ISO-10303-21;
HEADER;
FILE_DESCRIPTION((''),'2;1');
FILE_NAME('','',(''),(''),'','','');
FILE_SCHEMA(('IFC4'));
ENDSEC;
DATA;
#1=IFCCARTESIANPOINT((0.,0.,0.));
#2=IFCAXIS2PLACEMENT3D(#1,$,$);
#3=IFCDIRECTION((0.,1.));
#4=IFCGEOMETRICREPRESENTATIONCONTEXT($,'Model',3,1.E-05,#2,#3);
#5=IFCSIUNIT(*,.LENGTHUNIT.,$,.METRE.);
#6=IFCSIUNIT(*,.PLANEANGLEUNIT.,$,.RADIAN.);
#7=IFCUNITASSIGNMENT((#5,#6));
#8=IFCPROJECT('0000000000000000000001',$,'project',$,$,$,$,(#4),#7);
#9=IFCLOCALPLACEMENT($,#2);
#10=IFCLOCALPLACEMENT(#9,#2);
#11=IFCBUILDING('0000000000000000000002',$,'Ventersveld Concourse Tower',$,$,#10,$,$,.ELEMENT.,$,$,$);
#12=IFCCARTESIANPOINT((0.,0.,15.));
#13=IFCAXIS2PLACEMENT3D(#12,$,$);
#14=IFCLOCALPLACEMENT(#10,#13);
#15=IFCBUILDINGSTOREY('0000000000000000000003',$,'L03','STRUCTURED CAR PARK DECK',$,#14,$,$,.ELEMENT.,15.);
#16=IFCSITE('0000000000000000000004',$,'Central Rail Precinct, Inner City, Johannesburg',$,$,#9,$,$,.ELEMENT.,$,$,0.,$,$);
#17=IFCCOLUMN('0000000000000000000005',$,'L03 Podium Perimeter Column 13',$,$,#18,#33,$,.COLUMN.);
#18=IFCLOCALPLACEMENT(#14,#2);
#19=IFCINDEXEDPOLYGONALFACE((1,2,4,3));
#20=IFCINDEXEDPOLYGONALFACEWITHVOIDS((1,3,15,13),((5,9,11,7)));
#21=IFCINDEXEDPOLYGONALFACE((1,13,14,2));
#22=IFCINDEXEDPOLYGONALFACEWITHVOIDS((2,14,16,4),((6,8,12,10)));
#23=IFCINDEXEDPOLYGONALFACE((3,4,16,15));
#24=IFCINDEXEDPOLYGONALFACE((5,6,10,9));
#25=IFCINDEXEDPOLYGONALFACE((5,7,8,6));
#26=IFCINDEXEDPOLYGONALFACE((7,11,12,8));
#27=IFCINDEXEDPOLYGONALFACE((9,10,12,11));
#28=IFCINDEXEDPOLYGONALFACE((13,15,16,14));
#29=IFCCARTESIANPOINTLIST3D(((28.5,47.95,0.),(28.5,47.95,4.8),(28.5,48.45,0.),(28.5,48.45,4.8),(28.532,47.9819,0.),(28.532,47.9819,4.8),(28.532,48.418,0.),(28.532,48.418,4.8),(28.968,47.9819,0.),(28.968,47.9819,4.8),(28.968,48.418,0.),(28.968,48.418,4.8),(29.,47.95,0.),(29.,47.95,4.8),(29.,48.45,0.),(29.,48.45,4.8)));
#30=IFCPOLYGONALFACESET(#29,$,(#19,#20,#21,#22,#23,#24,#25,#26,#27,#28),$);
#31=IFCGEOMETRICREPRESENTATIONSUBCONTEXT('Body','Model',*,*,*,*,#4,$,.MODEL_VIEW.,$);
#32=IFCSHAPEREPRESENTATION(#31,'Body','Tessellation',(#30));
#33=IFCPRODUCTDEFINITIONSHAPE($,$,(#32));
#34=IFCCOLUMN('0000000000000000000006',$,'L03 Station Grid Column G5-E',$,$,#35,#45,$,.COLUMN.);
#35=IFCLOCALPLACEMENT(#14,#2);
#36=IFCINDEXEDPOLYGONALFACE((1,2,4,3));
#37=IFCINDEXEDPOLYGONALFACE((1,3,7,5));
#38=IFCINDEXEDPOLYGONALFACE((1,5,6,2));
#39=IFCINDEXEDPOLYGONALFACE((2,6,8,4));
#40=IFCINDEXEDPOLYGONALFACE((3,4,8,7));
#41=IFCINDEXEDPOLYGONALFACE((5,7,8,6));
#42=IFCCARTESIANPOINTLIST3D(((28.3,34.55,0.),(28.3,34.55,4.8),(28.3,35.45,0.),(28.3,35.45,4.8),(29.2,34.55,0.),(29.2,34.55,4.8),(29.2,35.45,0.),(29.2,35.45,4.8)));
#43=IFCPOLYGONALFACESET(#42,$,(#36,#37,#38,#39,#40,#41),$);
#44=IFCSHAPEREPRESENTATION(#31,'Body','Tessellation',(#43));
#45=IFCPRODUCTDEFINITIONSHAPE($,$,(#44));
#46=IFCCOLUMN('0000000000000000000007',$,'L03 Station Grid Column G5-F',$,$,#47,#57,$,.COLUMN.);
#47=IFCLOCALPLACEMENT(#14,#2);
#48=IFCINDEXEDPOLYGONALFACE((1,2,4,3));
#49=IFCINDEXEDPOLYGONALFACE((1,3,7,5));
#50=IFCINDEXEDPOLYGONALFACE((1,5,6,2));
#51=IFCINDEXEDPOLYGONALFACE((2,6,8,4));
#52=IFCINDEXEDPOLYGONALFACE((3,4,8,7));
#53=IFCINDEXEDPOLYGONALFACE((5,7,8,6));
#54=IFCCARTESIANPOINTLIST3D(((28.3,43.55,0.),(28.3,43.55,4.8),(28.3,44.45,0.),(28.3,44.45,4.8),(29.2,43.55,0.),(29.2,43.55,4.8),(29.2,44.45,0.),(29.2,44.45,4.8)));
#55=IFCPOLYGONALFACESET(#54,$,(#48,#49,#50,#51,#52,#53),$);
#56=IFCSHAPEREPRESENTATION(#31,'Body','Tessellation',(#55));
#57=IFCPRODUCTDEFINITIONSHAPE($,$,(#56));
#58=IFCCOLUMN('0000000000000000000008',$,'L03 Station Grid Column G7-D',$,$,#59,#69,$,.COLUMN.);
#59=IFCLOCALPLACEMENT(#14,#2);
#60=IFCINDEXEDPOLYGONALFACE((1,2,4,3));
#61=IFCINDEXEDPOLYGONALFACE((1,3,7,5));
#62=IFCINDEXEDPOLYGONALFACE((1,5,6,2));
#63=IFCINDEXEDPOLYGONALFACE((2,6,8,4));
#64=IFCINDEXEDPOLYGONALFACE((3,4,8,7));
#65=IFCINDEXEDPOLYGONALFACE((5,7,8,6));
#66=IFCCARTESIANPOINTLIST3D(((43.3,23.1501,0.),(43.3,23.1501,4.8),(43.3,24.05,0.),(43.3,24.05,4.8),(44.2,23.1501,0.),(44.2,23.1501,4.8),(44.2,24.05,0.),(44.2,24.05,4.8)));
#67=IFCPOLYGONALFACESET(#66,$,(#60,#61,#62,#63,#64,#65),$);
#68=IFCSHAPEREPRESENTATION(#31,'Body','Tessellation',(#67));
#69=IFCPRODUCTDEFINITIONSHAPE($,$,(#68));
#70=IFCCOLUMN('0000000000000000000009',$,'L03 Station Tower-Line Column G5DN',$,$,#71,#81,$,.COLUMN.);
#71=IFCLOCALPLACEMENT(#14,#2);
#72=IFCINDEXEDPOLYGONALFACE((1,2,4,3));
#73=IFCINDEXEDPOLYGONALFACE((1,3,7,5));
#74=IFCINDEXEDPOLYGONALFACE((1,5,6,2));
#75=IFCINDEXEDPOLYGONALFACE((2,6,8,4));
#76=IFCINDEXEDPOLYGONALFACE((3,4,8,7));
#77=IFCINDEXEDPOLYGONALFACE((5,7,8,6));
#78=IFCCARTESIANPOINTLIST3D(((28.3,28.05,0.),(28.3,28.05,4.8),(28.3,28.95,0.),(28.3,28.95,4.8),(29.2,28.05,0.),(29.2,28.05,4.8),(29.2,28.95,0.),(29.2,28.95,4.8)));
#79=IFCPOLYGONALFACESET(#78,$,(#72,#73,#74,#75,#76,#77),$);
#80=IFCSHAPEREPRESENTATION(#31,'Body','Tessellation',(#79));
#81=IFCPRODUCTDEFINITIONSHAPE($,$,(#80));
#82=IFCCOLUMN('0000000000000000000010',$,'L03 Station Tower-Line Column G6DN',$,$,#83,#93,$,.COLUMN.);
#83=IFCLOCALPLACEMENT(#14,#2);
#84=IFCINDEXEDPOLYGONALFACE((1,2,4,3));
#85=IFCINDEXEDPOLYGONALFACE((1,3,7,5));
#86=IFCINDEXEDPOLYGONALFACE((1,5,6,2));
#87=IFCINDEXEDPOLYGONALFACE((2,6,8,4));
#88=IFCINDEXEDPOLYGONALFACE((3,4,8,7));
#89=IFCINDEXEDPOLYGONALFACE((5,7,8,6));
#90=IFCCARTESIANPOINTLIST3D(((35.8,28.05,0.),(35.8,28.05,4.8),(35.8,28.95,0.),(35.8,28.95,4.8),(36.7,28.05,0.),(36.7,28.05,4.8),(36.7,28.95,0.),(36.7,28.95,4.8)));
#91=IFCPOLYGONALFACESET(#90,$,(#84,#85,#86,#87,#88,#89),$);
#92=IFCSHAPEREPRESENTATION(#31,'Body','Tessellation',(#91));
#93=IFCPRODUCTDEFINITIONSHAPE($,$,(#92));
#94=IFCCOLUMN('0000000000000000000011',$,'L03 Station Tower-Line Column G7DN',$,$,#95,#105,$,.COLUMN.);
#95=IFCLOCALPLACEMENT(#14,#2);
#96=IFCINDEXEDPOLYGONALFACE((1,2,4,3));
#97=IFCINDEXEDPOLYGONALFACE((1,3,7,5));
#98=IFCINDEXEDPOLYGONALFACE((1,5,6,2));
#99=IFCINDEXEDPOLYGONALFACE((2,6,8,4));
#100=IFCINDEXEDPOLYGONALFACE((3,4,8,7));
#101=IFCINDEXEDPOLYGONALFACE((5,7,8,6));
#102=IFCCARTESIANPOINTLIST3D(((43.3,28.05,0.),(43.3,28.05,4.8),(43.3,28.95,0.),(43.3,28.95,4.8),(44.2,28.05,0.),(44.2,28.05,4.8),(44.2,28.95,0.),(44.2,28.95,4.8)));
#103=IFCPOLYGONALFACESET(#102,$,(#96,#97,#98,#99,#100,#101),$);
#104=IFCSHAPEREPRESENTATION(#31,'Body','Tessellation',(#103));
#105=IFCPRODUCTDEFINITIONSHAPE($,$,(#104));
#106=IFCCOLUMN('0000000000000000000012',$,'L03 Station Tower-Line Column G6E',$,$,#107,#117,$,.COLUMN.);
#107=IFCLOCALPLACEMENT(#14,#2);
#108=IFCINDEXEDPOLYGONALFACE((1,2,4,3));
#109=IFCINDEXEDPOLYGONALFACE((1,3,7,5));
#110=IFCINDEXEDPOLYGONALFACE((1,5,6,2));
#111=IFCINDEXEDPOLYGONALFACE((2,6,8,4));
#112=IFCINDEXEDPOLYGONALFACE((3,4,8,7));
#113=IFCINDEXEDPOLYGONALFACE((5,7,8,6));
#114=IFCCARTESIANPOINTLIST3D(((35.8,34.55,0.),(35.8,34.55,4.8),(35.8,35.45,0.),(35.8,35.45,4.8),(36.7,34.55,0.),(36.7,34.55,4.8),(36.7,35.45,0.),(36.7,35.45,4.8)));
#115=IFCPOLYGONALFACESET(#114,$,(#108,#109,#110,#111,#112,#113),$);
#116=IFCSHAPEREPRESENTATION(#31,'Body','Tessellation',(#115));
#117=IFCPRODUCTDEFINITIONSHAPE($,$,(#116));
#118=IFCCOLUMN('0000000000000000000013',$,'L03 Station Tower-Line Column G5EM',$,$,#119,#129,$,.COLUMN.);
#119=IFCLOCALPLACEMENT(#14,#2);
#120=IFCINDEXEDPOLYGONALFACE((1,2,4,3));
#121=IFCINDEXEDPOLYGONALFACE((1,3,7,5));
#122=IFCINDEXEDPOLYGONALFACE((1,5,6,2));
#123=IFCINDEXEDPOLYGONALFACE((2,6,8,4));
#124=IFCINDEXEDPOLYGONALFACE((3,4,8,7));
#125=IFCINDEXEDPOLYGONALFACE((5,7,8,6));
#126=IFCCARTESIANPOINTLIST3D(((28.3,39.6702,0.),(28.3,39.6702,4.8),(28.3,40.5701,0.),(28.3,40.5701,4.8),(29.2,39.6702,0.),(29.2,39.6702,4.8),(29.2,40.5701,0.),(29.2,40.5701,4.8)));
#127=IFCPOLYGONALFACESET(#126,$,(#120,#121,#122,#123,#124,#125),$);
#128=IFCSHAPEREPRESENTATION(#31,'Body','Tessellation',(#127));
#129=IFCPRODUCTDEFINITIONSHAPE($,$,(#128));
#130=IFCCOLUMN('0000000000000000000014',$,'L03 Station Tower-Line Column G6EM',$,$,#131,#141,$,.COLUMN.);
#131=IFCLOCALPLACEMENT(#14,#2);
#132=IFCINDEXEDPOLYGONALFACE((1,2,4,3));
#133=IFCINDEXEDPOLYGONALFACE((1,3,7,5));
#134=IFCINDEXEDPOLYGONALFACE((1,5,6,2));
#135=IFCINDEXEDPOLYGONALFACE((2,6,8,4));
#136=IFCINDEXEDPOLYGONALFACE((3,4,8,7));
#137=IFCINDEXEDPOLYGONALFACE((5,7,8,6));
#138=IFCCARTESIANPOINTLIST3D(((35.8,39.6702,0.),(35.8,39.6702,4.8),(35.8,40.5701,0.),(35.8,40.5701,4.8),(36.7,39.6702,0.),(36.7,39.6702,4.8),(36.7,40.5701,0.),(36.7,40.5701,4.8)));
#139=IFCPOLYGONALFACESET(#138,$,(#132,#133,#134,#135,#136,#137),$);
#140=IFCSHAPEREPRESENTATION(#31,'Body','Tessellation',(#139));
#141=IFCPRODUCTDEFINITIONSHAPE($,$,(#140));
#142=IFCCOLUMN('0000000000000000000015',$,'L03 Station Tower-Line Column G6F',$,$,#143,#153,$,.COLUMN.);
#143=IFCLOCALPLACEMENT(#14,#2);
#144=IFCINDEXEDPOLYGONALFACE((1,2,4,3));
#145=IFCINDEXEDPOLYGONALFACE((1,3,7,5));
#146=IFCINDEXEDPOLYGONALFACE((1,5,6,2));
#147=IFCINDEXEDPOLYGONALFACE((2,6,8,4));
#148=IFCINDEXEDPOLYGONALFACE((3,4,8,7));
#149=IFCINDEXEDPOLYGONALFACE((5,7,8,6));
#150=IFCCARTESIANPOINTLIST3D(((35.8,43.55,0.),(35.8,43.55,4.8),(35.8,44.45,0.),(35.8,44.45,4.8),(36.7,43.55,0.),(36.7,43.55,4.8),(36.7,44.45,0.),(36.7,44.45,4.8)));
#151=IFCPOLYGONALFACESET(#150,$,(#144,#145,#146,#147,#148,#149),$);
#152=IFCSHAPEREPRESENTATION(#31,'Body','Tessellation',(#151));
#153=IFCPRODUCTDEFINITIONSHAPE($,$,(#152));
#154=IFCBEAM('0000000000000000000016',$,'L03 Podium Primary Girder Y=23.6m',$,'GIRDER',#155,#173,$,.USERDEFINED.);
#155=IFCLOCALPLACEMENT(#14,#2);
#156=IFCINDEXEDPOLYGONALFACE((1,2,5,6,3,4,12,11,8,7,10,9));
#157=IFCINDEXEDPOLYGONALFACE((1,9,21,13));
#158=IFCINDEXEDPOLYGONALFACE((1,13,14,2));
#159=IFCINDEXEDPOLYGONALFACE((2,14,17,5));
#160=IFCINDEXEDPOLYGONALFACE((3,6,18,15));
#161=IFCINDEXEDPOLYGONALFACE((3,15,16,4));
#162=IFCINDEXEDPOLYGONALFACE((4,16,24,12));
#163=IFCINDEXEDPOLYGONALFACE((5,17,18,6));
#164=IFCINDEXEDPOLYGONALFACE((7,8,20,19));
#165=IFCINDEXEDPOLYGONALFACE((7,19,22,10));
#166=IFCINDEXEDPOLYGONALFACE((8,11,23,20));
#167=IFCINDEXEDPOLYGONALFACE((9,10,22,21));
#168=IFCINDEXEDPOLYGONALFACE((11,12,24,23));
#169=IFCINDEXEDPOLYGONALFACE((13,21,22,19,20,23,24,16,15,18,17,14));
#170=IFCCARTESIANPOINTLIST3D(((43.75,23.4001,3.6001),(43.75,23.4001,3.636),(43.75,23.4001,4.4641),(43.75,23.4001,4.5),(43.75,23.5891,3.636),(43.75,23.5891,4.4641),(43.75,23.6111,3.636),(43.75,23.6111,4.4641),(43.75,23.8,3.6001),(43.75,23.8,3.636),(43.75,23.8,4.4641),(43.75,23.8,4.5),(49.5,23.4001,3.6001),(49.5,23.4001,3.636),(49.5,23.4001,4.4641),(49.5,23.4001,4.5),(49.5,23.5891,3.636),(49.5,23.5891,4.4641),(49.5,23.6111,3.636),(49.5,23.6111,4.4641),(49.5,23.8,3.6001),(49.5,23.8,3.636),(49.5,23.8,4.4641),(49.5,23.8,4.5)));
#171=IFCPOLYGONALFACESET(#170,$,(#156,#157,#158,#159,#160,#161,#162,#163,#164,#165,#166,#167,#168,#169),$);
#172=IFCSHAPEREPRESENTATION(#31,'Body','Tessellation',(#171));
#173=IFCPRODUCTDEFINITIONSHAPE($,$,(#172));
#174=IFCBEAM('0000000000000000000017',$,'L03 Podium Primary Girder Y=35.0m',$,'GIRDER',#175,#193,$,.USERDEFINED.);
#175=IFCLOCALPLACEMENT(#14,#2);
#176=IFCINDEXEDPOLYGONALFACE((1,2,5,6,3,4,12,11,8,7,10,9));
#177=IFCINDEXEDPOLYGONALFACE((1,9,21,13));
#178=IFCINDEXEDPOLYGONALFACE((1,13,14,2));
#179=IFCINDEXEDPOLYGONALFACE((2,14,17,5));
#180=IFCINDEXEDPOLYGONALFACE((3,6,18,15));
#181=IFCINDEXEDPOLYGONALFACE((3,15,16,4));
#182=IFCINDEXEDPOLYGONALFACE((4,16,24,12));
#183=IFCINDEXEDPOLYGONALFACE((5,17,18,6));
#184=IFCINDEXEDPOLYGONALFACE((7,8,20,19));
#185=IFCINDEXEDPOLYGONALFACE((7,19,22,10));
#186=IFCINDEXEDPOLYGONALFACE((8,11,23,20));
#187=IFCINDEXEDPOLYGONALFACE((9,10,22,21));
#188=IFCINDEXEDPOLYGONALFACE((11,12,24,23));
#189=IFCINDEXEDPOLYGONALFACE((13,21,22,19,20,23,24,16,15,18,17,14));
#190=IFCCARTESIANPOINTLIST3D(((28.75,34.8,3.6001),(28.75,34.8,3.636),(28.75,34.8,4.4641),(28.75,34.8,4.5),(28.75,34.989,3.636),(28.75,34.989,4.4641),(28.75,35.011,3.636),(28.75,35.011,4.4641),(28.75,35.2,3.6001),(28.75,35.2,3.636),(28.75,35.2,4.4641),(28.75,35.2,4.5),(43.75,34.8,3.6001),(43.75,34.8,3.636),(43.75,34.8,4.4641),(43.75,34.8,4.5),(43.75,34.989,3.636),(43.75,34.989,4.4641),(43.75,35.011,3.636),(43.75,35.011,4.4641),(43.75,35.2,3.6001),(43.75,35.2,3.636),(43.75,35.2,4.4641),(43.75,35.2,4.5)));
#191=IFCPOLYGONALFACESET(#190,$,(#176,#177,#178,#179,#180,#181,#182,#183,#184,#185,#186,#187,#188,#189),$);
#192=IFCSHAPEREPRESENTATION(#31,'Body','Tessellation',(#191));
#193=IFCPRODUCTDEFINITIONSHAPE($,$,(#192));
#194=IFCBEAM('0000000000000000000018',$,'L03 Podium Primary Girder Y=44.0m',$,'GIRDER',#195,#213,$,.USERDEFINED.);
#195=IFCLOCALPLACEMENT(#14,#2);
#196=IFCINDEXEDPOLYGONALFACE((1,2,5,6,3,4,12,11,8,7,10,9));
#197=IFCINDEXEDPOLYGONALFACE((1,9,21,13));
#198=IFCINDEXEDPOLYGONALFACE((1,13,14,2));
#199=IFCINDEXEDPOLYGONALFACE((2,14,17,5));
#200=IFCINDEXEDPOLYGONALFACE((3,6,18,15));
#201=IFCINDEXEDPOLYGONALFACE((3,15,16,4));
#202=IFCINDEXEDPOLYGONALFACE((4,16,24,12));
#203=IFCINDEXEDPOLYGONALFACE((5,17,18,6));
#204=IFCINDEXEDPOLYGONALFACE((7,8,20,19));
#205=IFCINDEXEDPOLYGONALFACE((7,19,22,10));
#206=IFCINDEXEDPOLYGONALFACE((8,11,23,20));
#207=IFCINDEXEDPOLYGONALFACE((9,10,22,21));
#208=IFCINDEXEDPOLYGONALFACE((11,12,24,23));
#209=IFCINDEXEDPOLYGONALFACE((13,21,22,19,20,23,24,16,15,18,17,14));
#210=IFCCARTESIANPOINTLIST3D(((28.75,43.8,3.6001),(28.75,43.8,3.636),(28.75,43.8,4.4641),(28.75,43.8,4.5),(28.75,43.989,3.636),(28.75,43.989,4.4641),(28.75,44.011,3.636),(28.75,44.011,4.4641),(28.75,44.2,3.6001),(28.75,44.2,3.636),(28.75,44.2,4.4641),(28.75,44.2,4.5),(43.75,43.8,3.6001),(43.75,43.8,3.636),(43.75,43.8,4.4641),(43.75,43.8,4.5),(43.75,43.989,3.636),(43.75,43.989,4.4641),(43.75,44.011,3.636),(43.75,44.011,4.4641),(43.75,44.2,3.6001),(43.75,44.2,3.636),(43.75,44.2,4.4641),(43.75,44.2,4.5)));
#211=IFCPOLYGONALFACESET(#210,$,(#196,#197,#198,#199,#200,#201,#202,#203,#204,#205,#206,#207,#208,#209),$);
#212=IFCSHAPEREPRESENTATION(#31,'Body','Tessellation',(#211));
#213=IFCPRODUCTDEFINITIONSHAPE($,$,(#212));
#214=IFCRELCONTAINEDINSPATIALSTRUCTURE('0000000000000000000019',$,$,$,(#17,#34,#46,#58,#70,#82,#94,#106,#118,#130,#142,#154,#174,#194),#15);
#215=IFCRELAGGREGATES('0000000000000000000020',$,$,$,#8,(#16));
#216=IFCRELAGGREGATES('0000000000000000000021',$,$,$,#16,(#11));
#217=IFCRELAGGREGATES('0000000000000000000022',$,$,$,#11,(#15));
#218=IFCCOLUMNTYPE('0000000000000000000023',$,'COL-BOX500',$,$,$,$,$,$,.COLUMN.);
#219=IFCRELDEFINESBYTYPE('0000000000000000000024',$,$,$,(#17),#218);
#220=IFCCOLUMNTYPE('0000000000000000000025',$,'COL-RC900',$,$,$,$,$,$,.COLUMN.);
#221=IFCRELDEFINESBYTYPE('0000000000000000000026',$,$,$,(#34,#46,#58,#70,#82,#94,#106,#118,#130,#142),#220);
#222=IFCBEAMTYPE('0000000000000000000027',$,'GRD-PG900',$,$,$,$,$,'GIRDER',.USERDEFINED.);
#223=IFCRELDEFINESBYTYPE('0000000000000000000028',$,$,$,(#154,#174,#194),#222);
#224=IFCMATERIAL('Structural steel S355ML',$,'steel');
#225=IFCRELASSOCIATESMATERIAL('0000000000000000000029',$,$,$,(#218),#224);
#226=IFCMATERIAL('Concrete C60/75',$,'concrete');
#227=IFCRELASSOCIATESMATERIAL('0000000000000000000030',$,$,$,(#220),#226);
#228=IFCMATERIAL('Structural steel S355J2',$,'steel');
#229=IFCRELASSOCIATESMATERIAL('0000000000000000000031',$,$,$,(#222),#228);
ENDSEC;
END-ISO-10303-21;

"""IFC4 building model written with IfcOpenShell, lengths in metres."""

from ifc_helpers import new_model, si_unit, direction, frame, origin, origin_2d, place, context, subcontext, project, spatial, rectangle, hollow_rectangle, i_section, extrude, material, material_profile, profile_set, type_object, element, save


model = new_model("IFC4")

# Units and contexts
model_context = context("Model", 3, precision=1e-05, world=origin(), true_north=direction((0.0, 1.0)))
body_context = subcontext(model_context, "Body", "Model", "MODEL_VIEW")
ifc_project = project(units=[si_unit("LENGTHUNIT", "METRE"), si_unit("PLANEANGLEUNIT", "RADIAN")], contexts=[model_context])

# Site, building, storey
site_placement = place(None, origin())
site = spatial("IfcSite", under=ifc_project, at=site_placement, Name="Central Rail Precinct, Inner City, Johannesburg", CompositionType="ELEMENT", RefElevation=0.0)
building_placement = place(site_placement, origin())
building = spatial("IfcBuilding", under=site, at=building_placement, Name="Ventersveld Concourse Tower", CompositionType="ELEMENT")
storey_placement = place(building_placement, frame((0.0, 0.0, 15.0)))
storey = spatial("IfcBuildingStorey", under=building, at=storey_placement, Name="L03", Description="STRUCTURED CAR PARK DECK", CompositionType="ELEMENT", Elevation=15.0)

# Columns
ifc_material_1 = material(Name="Structural steel S355ML", Category="steel")
ifc_material_profile_1 = material_profile(ifc_material_1, hollow_rectangle(XDim=0.5, YDim=0.5, WallThickness=0.032, at=origin_2d()), Name="BOX 500x500x32")
ifc_profile_set_1 = profile_set([ifc_material_profile_1], Name="Structural steel S355ML")
column_type_1 = type_object("IfcColumnType", Name="COL-BOX500", PredefinedType="COLUMN", material=ifc_profile_set_1)
column_placement = place(storey_placement, frame((28.75, 48.2, 0.0), z_axis=(0.0, 0.0, 1.0), x_axis=(1.0, 0.0, 0.0)))
element("IfcColumn", 1, at=column_placement, inside=storey, type_object=column_type_1, Name="L03 Podium Perimeter Column 13", PredefinedType="COLUMN", context=body_context, shape_type="SweptSolid", body=[
    extrude(hollow_rectangle(XDim=0.5, YDim=0.5, WallThickness=0.032, at=origin_2d()), origin(), (0.0, 0.0, 1.0), 4.8),
])
ifc_material_2 = material(Name="Concrete C60/75", Category="concrete")
ifc_material_profile_2 = material_profile(ifc_material_2, rectangle(XDim=0.8999, YDim=0.8999, at=origin_2d()), Name="RC 900x900")
ifc_profile_set_2 = profile_set([ifc_material_profile_2], Name="Concrete C60/75")
column_type_2 = type_object("IfcColumnType", Name="COL-RC900", PredefinedType="COLUMN", material=ifc_profile_set_2)
for number, where, z_axis, x_axis, name in (
    (2, (28.75, 35.0, 0.0), (0.0, 0.0, 1.0), (1.0, 0.0, 0.0), "L03 Station Grid Column G5-E"),
    (3, (28.75, 44.0, 0.0), (0.0, 0.0, 1.0), (1.0, 0.0, 0.0), "L03 Station Grid Column G5-F"),
    (4, (43.75, 23.6001, 0.0), (0.0, 0.0, 1.0), (1.0, 0.0, 0.0), "L03 Station Grid Column G7-D"),
    (5, (28.75, 28.5, 0.0), (0.0, 0.0, 1.0), (1.0, 0.0, 0.0), "L03 Station Tower-Line Column G5DN"),
    (6, (36.25, 28.5, 0.0), (0.0, 0.0, 1.0), (1.0, 0.0, 0.0), "L03 Station Tower-Line Column G6DN"),
    (7, (43.75, 28.5, 0.0), (0.0, 0.0, 1.0), (1.0, 0.0, 0.0), "L03 Station Tower-Line Column G7DN"),
    (8, (36.25, 35.0, 0.0), (0.0, 0.0, 1.0), (1.0, 0.0, 0.0), "L03 Station Tower-Line Column G6E"),
    (9, (28.75, 40.1201, 0.0), (0.0, 0.0, 1.0), (1.0, 0.0, 0.0), "L03 Station Tower-Line Column G5EM"),
    (10, (36.25, 40.1201, 0.0), (0.0, 0.0, 1.0), (1.0, 0.0, 0.0), "L03 Station Tower-Line Column G6EM"),
    (11, (36.25, 44.0, 0.0), (0.0, 0.0, 1.0), (1.0, 0.0, 0.0), "L03 Station Tower-Line Column G6F"),
):
    element("IfcColumn", number, at=place(storey_placement, frame(where, z_axis=z_axis, x_axis=x_axis)), inside=storey, type_object=column_type_2, Name=name, PredefinedType="COLUMN", context=body_context, shape_type="SweptSolid", body=[
        extrude(rectangle(XDim=0.8999, YDim=0.8999, at=origin_2d()), origin(), (0.0, 0.0, 1.0), 4.8),
    ])

# Beams
ifc_material_3 = material(Name="Structural steel S355J2", Category="steel")
ifc_material_profile_3 = material_profile(ifc_material_3, i_section(OverallWidth=0.3999, OverallDepth=0.8999, WebThickness=0.022, FlangeThickness=0.0359, at=origin_2d()), Name="PG 900x400x36")
ifc_profile_set_3 = profile_set([ifc_material_profile_3], Name="Structural steel S355J2")
beam_type_1 = type_object("IfcBeamType", Name="GRD-PG900", ElementType="GIRDER", PredefinedType="USERDEFINED", material=ifc_profile_set_3)
beam_1_placement = place(storey_placement, frame((43.75, 23.6001, 4.05), z_axis=(1.0, 0.0, 0.0), x_axis=(0.0, 1.0, 0.0)))
element("IfcBeam", 12, at=beam_1_placement, inside=storey, type_object=beam_type_1, Name="L03 Podium Primary Girder Y=23.6m", ObjectType="GIRDER", PredefinedType="USERDEFINED", context=body_context, shape_type="SweptSolid", body=[
    extrude(i_section(OverallWidth=0.3999, OverallDepth=0.8999, WebThickness=0.022, FlangeThickness=0.0359, at=origin_2d()), origin(), (0.0, 0.0, 1.0), 5.75),
])
for number, where, z_axis, x_axis, name in (
    (13, (28.75, 35.0, 4.05), (1.0, 0.0, 0.0), (0.0, 1.0, 0.0), "L03 Podium Primary Girder Y=35.0m"),
    (14, (28.75, 44.0, 4.05), (1.0, 0.0, 0.0), (0.0, 1.0, 0.0), "L03 Podium Primary Girder Y=44.0m"),
):
    element("IfcBeam", number, at=place(storey_placement, frame(where, z_axis=z_axis, x_axis=x_axis)), inside=storey, type_object=beam_type_1, Name=name, ObjectType="GIRDER", PredefinedType="USERDEFINED", context=body_context, shape_type="SweptSolid", body=[
        extrude(i_section(OverallWidth=0.3999, OverallDepth=0.8999, WebThickness=0.022, FlangeThickness=0.0359, at=origin_2d()), origin(), (0.0, 0.0, 1.0), 15.0),
    ])

save(model, "model.ifc")
